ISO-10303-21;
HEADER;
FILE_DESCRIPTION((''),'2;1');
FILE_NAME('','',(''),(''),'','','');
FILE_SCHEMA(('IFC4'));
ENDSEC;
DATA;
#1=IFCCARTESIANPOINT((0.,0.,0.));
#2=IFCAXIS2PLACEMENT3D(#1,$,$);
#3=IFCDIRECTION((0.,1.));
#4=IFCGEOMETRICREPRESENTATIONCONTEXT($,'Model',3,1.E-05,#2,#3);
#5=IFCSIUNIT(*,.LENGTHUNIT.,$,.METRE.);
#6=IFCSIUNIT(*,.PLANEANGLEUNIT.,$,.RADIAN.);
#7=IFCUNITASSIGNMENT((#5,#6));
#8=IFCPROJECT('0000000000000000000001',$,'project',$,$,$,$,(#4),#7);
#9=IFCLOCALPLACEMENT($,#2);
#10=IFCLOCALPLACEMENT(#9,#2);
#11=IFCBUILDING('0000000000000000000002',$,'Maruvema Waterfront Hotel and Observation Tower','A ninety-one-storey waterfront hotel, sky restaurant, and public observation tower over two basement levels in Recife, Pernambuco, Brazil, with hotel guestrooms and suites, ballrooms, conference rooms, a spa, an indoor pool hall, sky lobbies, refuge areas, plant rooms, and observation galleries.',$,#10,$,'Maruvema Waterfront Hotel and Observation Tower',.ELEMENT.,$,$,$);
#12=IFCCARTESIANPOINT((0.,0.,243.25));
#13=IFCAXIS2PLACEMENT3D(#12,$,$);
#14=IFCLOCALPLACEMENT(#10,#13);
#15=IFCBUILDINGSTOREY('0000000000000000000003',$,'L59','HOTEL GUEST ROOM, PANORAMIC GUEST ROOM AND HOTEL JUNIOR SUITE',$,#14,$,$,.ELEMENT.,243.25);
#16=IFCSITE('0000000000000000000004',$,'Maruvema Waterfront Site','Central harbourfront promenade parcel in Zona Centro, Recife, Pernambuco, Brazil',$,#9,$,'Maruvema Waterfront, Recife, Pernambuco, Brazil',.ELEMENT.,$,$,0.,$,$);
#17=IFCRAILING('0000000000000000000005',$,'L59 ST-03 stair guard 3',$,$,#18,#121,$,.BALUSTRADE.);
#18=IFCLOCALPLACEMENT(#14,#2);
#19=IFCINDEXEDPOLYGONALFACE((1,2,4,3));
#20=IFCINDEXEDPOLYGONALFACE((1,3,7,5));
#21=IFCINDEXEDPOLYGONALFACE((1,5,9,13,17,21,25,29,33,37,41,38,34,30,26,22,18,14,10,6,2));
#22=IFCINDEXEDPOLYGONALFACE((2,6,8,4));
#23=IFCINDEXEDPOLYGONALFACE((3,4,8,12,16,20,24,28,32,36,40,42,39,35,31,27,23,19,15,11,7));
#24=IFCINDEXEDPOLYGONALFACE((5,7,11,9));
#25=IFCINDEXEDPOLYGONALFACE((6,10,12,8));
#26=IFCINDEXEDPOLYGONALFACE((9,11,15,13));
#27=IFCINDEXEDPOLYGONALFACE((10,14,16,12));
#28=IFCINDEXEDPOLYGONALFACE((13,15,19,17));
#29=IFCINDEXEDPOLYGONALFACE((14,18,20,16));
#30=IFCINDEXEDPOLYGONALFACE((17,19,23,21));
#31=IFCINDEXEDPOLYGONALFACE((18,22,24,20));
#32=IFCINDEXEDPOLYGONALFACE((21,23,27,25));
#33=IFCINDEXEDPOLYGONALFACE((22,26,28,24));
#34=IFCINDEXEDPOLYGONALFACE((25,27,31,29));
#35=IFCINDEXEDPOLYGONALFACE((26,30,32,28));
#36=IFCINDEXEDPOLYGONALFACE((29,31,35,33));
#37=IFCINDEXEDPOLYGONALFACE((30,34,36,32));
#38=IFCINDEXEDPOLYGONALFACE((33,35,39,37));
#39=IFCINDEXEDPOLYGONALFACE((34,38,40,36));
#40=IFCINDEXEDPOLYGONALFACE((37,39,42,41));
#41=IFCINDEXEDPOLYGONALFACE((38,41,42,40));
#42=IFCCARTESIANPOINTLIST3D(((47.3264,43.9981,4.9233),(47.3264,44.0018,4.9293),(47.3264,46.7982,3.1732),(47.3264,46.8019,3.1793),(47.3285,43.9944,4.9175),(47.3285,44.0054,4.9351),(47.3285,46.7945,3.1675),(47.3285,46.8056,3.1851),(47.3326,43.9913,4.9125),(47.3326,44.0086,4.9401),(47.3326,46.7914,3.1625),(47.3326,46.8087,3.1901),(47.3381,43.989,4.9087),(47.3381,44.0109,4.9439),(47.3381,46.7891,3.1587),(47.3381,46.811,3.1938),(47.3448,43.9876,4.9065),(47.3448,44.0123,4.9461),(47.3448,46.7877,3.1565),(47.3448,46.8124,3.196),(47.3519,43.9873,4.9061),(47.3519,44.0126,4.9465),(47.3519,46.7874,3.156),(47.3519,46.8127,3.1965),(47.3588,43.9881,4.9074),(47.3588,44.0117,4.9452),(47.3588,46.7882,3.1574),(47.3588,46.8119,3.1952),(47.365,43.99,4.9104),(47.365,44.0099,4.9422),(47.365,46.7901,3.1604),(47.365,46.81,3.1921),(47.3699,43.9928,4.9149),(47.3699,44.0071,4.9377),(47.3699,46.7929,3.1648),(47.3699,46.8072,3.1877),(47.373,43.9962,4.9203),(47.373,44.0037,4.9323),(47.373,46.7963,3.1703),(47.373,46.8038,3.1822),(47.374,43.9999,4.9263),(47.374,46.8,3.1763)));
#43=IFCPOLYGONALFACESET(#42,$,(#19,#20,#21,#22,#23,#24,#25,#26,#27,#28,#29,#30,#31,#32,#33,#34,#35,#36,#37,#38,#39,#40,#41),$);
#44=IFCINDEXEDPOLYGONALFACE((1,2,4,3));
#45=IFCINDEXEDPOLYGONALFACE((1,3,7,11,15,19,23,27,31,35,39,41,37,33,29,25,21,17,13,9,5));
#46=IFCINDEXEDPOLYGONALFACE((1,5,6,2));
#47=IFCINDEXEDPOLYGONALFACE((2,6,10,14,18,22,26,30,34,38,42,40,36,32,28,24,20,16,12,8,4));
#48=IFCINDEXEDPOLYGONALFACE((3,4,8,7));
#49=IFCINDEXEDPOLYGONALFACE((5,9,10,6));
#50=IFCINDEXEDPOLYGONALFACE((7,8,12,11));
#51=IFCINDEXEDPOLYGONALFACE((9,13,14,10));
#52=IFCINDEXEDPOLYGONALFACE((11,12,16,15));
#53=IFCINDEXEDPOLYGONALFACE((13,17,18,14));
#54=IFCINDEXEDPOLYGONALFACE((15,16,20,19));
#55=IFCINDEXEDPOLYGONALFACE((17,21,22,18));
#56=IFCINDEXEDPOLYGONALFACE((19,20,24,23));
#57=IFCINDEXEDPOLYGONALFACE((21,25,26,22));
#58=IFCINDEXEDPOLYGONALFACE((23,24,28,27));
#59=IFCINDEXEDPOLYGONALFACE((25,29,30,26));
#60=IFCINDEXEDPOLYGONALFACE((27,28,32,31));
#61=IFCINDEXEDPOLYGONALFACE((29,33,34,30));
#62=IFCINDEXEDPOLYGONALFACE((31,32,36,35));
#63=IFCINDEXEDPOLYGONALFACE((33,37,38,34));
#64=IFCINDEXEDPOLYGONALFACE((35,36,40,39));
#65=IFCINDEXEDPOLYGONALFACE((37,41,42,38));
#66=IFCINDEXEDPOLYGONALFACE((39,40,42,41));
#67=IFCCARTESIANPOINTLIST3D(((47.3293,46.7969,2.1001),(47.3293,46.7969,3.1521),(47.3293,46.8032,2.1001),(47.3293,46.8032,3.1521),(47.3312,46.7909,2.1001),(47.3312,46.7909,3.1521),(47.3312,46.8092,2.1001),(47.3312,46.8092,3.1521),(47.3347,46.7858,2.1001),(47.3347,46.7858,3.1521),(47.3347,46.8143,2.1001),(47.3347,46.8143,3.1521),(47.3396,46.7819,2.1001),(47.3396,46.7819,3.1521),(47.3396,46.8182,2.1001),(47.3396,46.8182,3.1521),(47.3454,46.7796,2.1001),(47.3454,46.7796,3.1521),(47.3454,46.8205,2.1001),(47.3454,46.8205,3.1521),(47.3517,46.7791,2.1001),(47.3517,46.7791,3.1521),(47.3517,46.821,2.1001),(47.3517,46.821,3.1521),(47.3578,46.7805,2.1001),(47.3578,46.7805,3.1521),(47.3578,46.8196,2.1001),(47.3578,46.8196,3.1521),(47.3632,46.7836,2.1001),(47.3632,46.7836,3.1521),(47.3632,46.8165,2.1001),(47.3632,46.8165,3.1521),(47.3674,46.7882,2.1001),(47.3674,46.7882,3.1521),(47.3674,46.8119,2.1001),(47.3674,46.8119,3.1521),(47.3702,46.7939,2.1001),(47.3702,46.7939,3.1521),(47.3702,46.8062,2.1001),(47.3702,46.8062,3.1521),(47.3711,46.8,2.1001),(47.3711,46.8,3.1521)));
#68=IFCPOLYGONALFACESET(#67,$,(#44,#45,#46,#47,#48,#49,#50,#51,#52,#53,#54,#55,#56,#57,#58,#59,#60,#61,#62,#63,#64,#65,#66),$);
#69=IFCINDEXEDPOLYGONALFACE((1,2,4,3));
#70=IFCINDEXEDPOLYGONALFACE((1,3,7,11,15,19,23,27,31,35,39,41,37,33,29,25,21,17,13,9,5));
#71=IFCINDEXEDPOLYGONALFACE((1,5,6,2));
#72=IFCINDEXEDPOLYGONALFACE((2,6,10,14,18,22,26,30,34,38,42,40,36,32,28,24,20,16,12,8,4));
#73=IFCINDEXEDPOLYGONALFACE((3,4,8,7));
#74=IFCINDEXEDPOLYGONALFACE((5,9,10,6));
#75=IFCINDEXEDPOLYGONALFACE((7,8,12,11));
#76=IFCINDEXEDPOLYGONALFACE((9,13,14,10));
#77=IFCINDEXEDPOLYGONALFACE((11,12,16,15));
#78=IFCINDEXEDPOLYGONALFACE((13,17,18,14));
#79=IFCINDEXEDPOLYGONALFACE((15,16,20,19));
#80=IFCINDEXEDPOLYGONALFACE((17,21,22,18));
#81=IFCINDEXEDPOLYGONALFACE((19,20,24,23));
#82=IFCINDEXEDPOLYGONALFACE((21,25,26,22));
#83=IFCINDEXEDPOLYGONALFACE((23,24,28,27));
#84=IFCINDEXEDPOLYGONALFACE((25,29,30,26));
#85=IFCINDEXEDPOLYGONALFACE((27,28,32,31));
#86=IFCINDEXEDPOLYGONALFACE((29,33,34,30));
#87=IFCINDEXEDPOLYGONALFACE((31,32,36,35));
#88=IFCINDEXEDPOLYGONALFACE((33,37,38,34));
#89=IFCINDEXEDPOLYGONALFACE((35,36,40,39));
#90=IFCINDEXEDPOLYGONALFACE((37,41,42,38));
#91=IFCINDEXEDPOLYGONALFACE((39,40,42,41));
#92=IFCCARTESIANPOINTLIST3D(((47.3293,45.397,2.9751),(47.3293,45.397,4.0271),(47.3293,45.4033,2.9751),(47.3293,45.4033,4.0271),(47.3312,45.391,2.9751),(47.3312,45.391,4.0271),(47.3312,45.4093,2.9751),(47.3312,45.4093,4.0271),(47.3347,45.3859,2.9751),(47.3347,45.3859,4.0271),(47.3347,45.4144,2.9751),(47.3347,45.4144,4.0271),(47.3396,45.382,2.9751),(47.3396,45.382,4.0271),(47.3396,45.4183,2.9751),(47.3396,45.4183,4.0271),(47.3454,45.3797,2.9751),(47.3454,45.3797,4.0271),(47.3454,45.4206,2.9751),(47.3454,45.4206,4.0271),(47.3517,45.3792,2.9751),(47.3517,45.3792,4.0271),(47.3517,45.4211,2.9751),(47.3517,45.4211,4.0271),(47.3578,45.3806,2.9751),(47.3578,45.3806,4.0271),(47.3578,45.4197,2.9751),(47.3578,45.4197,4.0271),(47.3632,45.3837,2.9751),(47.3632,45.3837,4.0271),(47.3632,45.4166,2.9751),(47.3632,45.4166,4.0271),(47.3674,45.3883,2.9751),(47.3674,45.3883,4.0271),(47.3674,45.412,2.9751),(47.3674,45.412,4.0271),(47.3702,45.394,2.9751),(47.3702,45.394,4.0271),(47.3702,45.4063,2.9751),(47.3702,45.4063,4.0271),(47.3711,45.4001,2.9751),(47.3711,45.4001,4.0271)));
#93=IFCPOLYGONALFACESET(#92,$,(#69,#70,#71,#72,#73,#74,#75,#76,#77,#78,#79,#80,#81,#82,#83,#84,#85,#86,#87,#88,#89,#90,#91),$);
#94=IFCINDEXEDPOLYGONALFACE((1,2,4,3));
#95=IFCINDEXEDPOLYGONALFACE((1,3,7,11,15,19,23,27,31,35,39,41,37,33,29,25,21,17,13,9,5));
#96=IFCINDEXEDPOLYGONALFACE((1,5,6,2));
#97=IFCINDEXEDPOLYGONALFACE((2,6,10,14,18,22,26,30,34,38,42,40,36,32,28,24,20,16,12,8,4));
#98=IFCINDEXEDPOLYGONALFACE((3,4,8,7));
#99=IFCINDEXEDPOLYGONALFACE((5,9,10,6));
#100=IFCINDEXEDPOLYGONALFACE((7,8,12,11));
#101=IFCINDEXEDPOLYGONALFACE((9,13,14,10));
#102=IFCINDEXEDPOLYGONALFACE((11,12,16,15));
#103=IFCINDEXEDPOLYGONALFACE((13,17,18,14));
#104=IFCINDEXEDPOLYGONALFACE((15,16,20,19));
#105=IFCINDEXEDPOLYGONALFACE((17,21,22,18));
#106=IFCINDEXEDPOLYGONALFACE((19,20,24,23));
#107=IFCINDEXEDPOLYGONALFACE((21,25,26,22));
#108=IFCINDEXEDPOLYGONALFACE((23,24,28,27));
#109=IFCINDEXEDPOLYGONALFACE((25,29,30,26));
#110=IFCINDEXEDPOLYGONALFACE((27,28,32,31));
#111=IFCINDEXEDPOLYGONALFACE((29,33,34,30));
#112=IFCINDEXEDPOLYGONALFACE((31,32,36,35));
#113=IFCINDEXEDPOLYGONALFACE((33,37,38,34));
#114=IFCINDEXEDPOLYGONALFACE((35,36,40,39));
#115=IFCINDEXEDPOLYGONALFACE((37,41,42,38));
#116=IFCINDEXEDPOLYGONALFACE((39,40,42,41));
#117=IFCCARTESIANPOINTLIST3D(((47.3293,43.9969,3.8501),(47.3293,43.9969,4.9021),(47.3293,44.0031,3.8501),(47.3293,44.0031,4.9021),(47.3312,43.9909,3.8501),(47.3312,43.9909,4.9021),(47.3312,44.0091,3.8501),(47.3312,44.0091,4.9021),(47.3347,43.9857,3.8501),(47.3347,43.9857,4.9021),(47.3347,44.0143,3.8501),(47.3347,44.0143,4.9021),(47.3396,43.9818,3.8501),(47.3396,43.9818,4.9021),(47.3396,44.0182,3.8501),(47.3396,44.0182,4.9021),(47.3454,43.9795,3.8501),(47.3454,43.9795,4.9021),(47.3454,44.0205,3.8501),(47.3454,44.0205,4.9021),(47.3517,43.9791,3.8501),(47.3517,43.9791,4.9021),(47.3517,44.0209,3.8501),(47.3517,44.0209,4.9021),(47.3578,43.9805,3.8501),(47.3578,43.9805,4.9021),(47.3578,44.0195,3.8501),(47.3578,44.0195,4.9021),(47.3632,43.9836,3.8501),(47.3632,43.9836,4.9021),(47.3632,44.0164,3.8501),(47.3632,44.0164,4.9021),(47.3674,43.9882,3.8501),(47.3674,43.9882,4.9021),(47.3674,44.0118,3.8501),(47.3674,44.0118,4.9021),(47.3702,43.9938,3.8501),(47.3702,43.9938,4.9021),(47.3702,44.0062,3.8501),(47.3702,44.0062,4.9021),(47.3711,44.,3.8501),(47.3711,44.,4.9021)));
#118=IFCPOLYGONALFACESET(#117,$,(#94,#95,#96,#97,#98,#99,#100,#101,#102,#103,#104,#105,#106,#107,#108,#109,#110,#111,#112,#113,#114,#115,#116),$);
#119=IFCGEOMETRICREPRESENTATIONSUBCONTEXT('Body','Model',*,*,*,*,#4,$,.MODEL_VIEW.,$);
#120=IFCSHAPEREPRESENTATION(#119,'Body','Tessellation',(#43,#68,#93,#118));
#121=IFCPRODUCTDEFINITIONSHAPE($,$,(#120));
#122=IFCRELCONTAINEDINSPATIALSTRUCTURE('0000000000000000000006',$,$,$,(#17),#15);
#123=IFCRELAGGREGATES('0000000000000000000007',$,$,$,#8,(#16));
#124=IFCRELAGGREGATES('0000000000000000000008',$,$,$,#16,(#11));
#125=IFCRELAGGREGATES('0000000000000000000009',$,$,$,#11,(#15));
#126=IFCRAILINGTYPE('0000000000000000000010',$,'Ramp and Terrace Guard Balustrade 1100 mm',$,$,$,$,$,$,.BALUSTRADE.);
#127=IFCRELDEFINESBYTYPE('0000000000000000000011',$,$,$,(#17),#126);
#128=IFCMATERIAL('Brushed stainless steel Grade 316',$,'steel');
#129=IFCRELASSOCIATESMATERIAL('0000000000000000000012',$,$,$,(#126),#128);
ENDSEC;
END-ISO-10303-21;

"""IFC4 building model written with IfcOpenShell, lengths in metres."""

from ifc_helpers import new_model, si_unit, direction, frame, origin, origin_2d, place, context, subcontext, project, spatial, circle, extrude, material, type_object, element, save


model = new_model("IFC4")

# Units and contexts
model_context = context("Model", 3, precision=1e-05, world=origin(), true_north=direction((0.0, 1.0)))
body_context = subcontext(model_context, "Body", "Model", "MODEL_VIEW")
ifc_project = project(units=[si_unit("LENGTHUNIT", "METRE"), si_unit("PLANEANGLEUNIT", "RADIAN")], contexts=[model_context])

# Site, building, storey
site_placement = place(None, origin())
site = spatial("IfcSite", under=ifc_project, at=site_placement, Name="Maruvema Waterfront Site", Description="Central harbourfront promenade parcel in Zona Centro, Recife, Pernambuco, Brazil", LongName="Maruvema Waterfront, Recife, Pernambuco, Brazil", CompositionType="ELEMENT", RefElevation=0.0)
building_placement = place(site_placement, origin())
building = spatial("IfcBuilding", under=site, at=building_placement, Name="Maruvema Waterfront Hotel and Observation Tower", Description="A ninety-one-storey waterfront hotel, sky restaurant, and public observation tower over two basement levels in Recife, Pernambuco, Brazil, with hotel guestrooms and suites, ballrooms, conference rooms, a spa, an indoor pool hall, sky lobbies, refuge areas, plant rooms, and observation galleries.", LongName="Maruvema Waterfront Hotel and Observation Tower", CompositionType="ELEMENT")
storey_placement = place(building_placement, frame((0.0, 0.0, 243.25)))
storey = spatial("IfcBuildingStorey", under=building, at=storey_placement, Name="L59", Description="HOTEL GUEST ROOM, PANORAMIC GUEST ROOM AND HOTEL JUNIOR SUITE", CompositionType="ELEMENT", Elevation=243.25)

# Railing
ifc_material_1 = material(Name="Brushed stainless steel Grade 316", Category="steel")
railing_type_1 = type_object("IfcRailingType", Name="Ramp and Terrace Guard Balustrade 1100 mm", PredefinedType="BALUSTRADE", material=ifc_material_1)
railing_1_placement = place(storey_placement, frame((47.3501, 46.8, 2.1001)))
element("IfcRailing", 1, at=railing_1_placement, inside=storey, type_object=railing_type_1, Name="L59 ST-03 stair guard 3", PredefinedType="BALUSTRADE", context=body_context, shape_type="SweptSolid", body=[
    extrude(circle(Radius=0.0239, at=origin_2d()), frame((0.0, 0.0, 1.0762), z_axis=(0.0, -0.848002, 0.529992), x_axis=(1.0, 0.0, 0.0)), (0.0, 0.0, 1.0), 3.302),
    extrude(circle(Radius=0.021, at=origin_2d()), origin(), (0.0, 0.0, 1.0), 1.052),
    extrude(circle(Radius=0.021, at=origin_2d()), frame((0.0, -1.3999, 0.875)), (0.0, 0.0, 1.0), 1.052),
    extrude(circle(Radius=0.021, at=origin_2d()), frame((0.0, -2.8, 1.75)), (0.0, 0.0, 1.0), 1.052),
])

save(model, "model.ifc")
